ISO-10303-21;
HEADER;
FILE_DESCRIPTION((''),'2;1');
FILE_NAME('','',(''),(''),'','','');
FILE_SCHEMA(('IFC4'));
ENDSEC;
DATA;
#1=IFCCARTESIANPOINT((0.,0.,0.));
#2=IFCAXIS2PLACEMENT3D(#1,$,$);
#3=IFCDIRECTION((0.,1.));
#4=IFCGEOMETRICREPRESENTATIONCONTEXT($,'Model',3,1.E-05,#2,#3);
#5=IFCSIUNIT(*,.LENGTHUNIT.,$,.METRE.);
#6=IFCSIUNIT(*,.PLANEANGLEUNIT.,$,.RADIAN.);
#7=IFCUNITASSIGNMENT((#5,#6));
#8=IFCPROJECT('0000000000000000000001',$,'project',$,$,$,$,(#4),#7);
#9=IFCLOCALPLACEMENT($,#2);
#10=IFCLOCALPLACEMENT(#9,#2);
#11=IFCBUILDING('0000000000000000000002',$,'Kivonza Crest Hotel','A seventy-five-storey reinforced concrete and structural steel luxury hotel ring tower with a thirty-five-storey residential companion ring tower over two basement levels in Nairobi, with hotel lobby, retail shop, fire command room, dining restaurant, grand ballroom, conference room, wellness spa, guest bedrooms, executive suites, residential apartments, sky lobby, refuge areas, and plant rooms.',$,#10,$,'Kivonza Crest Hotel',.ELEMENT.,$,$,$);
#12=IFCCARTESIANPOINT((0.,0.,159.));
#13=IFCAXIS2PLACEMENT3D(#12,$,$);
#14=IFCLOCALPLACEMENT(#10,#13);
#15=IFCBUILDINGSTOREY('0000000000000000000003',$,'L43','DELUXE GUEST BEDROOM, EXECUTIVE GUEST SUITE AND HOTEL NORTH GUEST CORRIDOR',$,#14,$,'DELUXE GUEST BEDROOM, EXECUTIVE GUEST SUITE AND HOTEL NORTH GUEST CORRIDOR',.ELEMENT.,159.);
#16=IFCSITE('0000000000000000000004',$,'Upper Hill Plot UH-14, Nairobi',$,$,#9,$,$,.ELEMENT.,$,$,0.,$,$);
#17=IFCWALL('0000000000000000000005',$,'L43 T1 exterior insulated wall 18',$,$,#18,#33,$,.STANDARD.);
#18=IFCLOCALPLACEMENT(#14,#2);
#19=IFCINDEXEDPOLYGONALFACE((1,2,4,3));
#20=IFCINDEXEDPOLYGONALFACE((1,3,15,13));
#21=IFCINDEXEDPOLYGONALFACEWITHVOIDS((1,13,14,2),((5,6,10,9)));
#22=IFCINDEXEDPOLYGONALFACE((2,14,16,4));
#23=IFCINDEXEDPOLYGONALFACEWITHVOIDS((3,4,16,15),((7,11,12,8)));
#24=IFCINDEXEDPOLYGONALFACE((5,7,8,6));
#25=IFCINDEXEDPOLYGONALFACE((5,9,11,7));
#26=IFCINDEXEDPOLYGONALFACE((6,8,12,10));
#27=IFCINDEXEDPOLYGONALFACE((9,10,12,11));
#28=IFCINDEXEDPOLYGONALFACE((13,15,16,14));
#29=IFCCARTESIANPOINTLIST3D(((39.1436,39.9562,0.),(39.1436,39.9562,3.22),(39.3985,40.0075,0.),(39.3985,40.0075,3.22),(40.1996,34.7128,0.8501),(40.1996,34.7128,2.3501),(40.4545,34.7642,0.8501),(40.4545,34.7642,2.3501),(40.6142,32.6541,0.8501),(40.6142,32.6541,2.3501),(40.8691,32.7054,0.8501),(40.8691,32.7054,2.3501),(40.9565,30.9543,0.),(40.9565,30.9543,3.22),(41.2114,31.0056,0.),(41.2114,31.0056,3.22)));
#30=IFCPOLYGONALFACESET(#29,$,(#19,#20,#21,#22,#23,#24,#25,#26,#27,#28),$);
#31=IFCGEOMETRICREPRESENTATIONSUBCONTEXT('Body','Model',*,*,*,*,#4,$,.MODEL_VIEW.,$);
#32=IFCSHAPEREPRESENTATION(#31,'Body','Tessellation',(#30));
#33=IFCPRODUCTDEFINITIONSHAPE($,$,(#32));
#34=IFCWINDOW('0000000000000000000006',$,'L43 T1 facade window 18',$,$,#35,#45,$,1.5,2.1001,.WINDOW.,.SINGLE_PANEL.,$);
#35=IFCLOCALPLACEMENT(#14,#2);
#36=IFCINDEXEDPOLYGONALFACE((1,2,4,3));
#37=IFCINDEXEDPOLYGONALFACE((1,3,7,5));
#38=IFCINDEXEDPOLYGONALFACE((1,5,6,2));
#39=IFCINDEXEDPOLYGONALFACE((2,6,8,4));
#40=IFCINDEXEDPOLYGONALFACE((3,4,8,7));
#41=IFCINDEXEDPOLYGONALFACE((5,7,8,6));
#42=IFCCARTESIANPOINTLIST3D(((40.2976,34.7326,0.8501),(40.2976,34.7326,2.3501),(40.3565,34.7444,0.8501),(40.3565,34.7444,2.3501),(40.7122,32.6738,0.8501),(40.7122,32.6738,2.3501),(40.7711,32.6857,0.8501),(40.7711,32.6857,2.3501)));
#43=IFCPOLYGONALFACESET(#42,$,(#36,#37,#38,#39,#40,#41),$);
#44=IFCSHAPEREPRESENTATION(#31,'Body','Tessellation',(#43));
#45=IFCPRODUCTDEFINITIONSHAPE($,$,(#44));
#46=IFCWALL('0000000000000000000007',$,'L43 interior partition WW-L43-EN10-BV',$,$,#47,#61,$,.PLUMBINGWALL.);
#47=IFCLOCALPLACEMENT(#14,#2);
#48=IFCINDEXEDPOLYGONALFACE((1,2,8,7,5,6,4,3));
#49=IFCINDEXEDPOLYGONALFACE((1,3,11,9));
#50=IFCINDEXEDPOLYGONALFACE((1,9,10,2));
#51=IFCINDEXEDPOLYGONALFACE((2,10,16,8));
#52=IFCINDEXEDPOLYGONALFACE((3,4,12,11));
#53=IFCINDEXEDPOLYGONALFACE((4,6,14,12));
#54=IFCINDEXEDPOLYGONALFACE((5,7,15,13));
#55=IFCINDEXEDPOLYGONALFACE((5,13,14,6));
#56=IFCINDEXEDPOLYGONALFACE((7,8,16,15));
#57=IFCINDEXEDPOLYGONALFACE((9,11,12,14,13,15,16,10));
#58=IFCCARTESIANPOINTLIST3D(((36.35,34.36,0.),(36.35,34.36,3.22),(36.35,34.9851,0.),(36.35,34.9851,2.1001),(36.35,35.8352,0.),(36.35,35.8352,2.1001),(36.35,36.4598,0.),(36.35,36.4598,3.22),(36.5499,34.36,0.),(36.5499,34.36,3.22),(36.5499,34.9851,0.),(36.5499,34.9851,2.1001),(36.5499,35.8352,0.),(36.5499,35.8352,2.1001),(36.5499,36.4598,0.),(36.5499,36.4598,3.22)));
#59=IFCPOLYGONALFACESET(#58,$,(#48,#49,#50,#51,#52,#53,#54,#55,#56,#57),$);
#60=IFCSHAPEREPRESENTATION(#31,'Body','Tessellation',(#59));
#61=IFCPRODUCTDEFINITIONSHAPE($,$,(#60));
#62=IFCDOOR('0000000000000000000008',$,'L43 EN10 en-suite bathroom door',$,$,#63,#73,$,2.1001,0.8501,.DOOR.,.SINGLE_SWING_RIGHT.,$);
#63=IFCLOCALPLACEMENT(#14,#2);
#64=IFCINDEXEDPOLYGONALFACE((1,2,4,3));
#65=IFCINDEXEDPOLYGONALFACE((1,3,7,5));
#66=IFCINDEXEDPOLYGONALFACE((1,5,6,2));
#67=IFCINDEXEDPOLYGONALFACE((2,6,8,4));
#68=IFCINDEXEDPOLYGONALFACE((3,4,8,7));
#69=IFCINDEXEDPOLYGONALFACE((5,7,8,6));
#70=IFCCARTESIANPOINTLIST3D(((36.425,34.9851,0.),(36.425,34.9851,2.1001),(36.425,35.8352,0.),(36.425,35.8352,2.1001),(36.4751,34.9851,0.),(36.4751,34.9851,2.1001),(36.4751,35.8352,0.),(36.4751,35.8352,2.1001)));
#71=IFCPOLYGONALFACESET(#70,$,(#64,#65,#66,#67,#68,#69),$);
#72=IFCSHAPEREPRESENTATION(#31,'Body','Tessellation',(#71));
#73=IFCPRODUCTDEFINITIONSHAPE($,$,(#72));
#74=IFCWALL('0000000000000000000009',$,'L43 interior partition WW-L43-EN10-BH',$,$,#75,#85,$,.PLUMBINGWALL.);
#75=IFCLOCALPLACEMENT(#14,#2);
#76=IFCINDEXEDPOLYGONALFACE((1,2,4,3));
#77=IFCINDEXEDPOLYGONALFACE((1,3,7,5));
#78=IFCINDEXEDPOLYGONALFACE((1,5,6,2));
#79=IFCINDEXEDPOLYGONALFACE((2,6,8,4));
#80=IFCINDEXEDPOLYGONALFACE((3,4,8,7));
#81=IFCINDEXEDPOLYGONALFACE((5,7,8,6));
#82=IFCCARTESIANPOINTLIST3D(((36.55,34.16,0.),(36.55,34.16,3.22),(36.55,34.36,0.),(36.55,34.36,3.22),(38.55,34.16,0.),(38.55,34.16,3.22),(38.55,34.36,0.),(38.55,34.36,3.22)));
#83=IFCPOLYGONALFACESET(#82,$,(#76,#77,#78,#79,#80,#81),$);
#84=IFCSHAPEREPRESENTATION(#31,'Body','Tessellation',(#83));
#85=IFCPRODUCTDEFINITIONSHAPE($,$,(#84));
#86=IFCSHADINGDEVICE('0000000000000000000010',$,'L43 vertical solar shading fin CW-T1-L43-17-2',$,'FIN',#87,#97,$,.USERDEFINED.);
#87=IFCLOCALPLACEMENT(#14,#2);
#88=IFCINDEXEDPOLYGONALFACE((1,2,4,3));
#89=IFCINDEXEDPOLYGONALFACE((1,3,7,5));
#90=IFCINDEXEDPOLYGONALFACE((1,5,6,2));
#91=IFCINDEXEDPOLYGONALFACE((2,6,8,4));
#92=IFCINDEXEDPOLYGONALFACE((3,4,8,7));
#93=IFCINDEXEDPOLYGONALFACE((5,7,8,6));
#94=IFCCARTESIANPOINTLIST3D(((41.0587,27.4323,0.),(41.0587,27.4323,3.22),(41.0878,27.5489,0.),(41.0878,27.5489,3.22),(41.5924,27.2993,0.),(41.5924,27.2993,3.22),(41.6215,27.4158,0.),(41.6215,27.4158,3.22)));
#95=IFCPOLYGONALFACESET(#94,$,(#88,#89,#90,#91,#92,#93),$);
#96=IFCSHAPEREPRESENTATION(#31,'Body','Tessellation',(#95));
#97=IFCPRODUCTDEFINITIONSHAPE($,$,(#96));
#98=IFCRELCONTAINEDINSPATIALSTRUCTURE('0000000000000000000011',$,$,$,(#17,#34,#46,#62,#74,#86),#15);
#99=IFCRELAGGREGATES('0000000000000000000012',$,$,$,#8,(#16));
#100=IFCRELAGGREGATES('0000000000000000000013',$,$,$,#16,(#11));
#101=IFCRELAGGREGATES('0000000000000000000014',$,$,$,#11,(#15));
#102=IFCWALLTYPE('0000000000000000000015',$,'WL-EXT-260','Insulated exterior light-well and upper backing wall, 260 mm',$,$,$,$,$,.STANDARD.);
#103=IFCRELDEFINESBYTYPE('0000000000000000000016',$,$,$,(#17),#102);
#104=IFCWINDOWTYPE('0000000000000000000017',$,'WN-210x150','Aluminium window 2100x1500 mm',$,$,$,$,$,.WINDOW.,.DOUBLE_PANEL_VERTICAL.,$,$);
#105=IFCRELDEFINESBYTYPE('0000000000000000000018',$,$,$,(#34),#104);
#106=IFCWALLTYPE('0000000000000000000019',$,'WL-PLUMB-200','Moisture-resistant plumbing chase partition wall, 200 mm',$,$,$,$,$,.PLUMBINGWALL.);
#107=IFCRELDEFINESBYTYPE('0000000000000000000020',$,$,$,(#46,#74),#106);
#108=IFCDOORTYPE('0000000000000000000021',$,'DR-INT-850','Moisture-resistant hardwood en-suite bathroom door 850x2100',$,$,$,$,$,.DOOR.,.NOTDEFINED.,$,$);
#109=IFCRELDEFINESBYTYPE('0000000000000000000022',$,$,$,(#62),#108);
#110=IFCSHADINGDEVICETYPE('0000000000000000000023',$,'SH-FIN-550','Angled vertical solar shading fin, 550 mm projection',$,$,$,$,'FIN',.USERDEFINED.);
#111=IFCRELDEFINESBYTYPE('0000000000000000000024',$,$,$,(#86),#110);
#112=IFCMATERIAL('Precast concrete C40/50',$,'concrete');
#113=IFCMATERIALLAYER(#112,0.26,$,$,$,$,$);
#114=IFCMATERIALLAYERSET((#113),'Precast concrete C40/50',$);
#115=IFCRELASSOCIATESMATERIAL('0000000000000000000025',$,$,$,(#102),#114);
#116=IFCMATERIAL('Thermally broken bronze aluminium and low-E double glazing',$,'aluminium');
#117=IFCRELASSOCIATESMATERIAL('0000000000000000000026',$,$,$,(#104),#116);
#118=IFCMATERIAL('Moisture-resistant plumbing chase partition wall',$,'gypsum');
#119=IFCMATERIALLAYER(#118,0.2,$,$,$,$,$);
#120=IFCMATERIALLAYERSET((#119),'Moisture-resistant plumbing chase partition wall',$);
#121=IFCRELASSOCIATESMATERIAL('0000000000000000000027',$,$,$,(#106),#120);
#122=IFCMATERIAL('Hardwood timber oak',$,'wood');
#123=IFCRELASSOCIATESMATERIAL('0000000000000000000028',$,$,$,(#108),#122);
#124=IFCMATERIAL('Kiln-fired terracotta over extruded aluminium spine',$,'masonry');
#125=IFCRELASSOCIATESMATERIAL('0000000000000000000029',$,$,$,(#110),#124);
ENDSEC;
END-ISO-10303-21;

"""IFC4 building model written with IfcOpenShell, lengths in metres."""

from ifc_helpers import new_model, si_unit, direction, frame, frame_2d, origin, origin_2d, place, context, subcontext, project, spatial, rectangle, extrude, material, layer, layer_set, type_object, element, fill, save


model = new_model("IFC4")

# Units and contexts
model_context = context("Model", 3, precision=1e-05, world=origin(), true_north=direction((0.0, 1.0)))
body_context = subcontext(model_context, "Body", "Model", "MODEL_VIEW")
ifc_project = project(units=[si_unit("LENGTHUNIT", "METRE"), si_unit("PLANEANGLEUNIT", "RADIAN")], contexts=[model_context])

# Site, building, storey
site_placement = place(None, origin())
site = spatial("IfcSite", under=ifc_project, at=site_placement, Name="Upper Hill Plot UH-14, Nairobi", CompositionType="ELEMENT", RefElevation=0.0)
building_placement = place(site_placement, origin())
building = spatial("IfcBuilding", under=site, at=building_placement, Name="Kivonza Crest Hotel", Description="A seventy-five-storey reinforced concrete and structural steel luxury hotel ring tower with a thirty-five-storey residential companion ring tower over two basement levels in Nairobi, with hotel lobby, retail shop, fire command room, dining restaurant, grand ballroom, conference room, wellness spa, guest bedrooms, executive suites, residential apartments, sky lobby, refuge areas, and plant rooms.", LongName="Kivonza Crest Hotel", CompositionType="ELEMENT")
storey_placement = place(building_placement, frame((0.0, 0.0, 159.0)))
storey = spatial("IfcBuildingStorey", under=building, at=storey_placement, Name="L43", Description="DELUXE GUEST BEDROOM, EXECUTIVE GUEST SUITE AND HOTEL NORTH GUEST CORRIDOR", LongName="DELUXE GUEST BEDROOM, EXECUTIVE GUEST SUITE AND HOTEL NORTH GUEST CORRIDOR", CompositionType="ELEMENT", Elevation=159.0)

# Wall, opening, window
ifc_material_1 = material(Name="Precast concrete C40/50", Category="concrete")
ifc_layer_1 = layer(ifc_material_1, 0.26)
ifc_layer_set_1 = layer_set([ifc_layer_1], Name="Precast concrete C40/50")
wall_type_1 = type_object("IfcWallType", Name="WL-EXT-260", Description="Insulated exterior light-well and upper backing wall, 260 mm", PredefinedType="STANDARD", material=ifc_layer_set_1)
wall_1_placement = place(storey_placement, frame((41.084, 30.98, 0.0), z_axis=(0.0, 0.0, 1.0), x_axis=(-0.197435, 0.980316, 0.0)))
wall_1 = element("IfcWall", 1, at=wall_1_placement, inside=storey, type_object=wall_type_1, Name="L43 T1 exterior insulated wall 18", PredefinedType="STANDARD", context=body_context, shape_type="SweptSolid", body=[
    extrude(rectangle(XDim=9.1826, YDim=0.26, at=frame_2d((4.5913, 0.0))), origin(), (0.0, 0.0, 1.0), 3.22),
])
opening_1_placement = place(wall_1_placement, frame((1.7339, 0.0, 0.8501)))
opening_1 = element("IfcOpeningElement", 2, at=opening_1_placement, cuts=wall_1, PredefinedType="OPENING", context=body_context, shape_type="SweptSolid", body=[
    extrude(rectangle(XDim=2.1001, YDim=1.5, at=frame_2d((1.05, 0.75))), frame((0.0, 0.1401, 0.0), z_axis=(0.0, -1.0, 0.0), x_axis=(1.0, 0.0, 0.0)), (0.0, 0.0, 1.0), 0.28),
])
ifc_material_2 = material(Name="Thermally broken bronze aluminium and low-E double glazing", Category="aluminium")
window_type = type_object("IfcWindowType", Name="WN-210x150", Description="Aluminium window 2100x1500 mm", PartitioningType="DOUBLE_PANEL_VERTICAL", PredefinedType="WINDOW", material=ifc_material_2)
window_placement = place(opening_1_placement, origin())
window = element("IfcWindow", 3, at=window_placement, inside=storey, type_object=window_type, Name="L43 T1 facade window 18", OverallHeight=1.5, OverallWidth=2.1001, PartitioningType="SINGLE_PANEL", PredefinedType="WINDOW", context=body_context, shape_type="SweptSolid", body=[
    extrude(rectangle(XDim=2.1001, YDim=1.5, at=frame_2d((1.05, 0.75))), frame((0.0, 0.03, 0.0), z_axis=(0.0, -1.0, 0.0), x_axis=(1.0, 0.0, 0.0)), (0.0, 0.0, 1.0), 0.0601),
])
fill(opening_1, window)

# Wall, opening, door
ifc_material_3 = material(Name="Moisture-resistant plumbing chase partition wall", Category="gypsum")
ifc_layer_2 = layer(ifc_material_3, 0.2)
ifc_layer_set_2 = layer_set([ifc_layer_2], Name="Moisture-resistant plumbing chase partition wall")
wall_type_2 = type_object("IfcWallType", Name="WL-PLUMB-200", Description="Moisture-resistant plumbing chase partition wall, 200 mm", PredefinedType="PLUMBINGWALL", material=ifc_layer_set_2)
wall_2_placement = place(storey_placement, frame((36.45, 34.3601, 0.0), z_axis=(0.0, 0.0, 1.0), x_axis=(0.0, 1.0, 0.0)))
wall_2 = element("IfcWall", 4, at=wall_2_placement, inside=storey, type_object=wall_type_2, Name="L43 interior partition WW-L43-EN10-BV", PredefinedType="PLUMBINGWALL", context=body_context, shape_type="SweptSolid", body=[
    extrude(rectangle(XDim=2.0999, YDim=0.2, at=frame_2d((1.0498, 0.0))), origin(), (0.0, 0.0, 1.0), 3.22),
])
opening_2_placement = place(wall_2_placement, frame((0.625, 0.0, 0.0)))
opening_2 = element("IfcOpeningElement", 5, at=opening_2_placement, cuts=wall_2, PredefinedType="OPENING", context=body_context, shape_type="SweptSolid", body=[
    extrude(rectangle(XDim=0.8501, YDim=2.1001, at=frame_2d((0.425, 1.05))), frame((0.0, 0.1099, 0.0), z_axis=(0.0, -1.0, 0.0), x_axis=(1.0, 0.0, 0.0)), (0.0, 0.0, 1.0), 0.22),
])
ifc_material_4 = material(Name="Hardwood timber oak", Category="wood")
door_type = type_object("IfcDoorType", Name="DR-INT-850", Description="Moisture-resistant hardwood en-suite bathroom door 850x2100", OperationType="NOTDEFINED", PredefinedType="DOOR", material=ifc_material_4)
door_placement = place(opening_2_placement, origin())
door = element("IfcDoor", 6, at=door_placement, inside=storey, type_object=door_type, Name="L43 EN10 en-suite bathroom door", OperationType="SINGLE_SWING_RIGHT", OverallHeight=2.1001, OverallWidth=0.8501, PredefinedType="DOOR", context=body_context, shape_type="SweptSolid", body=[
    extrude(rectangle(XDim=0.8501, YDim=2.1001, at=frame_2d((0.425, 1.05))), frame((0.0, 0.0249, 0.0), z_axis=(0.0, -1.0, 0.0), x_axis=(1.0, 0.0, 0.0)), (0.0, 0.0, 1.0), 0.05),
])
fill(opening_2, door)

# Wall
wall_3_placement = place(storey_placement, frame((36.55, 34.26, 0.0), z_axis=(0.0, 0.0, 1.0), x_axis=(1.0, 0.0, 0.0)))
element("IfcWall", 7, at=wall_3_placement, inside=storey, type_object=wall_type_2, Name="L43 interior partition WW-L43-EN10-BH", PredefinedType="PLUMBINGWALL", context=body_context, shape_type="SweptSolid", body=[
    extrude(rectangle(XDim=2.0, YDim=0.2, at=frame_2d((1.0, 0.0))), origin(), (0.0, 0.0, 1.0), 3.22),
])

# Shading device
ifc_material_5 = material(Name="Kiln-fired terracotta over extruded aluminium spine", Category="masonry")
shading_device_type = type_object("IfcShadingDeviceType", Name="SH-FIN-550", Description="Angled vertical solar shading fin, 550 mm projection", ElementType="FIN", PredefinedType="USERDEFINED", material=ifc_material_5)
shading_device_placement = place(storey_placement, frame((41.3401, 27.4241, 0.0), z_axis=(0.0, 0.0, 1.0), x_axis=(0.241922, 0.970296, 0.0)))
element("IfcShadingDevice", 8, at=shading_device_placement, inside=storey, type_object=shading_device_type, Name="L43 vertical solar shading fin CW-T1-L43-17-2", ObjectType="FIN", PredefinedType="USERDEFINED", context=body_context, shape_type="SweptSolid", body=[
    extrude(rectangle(XDim=0.1201, YDim=0.55, at=origin_2d()), origin(), (0.0, 0.0, 1.0), 3.22),
])

save(model, "model.ifc")
